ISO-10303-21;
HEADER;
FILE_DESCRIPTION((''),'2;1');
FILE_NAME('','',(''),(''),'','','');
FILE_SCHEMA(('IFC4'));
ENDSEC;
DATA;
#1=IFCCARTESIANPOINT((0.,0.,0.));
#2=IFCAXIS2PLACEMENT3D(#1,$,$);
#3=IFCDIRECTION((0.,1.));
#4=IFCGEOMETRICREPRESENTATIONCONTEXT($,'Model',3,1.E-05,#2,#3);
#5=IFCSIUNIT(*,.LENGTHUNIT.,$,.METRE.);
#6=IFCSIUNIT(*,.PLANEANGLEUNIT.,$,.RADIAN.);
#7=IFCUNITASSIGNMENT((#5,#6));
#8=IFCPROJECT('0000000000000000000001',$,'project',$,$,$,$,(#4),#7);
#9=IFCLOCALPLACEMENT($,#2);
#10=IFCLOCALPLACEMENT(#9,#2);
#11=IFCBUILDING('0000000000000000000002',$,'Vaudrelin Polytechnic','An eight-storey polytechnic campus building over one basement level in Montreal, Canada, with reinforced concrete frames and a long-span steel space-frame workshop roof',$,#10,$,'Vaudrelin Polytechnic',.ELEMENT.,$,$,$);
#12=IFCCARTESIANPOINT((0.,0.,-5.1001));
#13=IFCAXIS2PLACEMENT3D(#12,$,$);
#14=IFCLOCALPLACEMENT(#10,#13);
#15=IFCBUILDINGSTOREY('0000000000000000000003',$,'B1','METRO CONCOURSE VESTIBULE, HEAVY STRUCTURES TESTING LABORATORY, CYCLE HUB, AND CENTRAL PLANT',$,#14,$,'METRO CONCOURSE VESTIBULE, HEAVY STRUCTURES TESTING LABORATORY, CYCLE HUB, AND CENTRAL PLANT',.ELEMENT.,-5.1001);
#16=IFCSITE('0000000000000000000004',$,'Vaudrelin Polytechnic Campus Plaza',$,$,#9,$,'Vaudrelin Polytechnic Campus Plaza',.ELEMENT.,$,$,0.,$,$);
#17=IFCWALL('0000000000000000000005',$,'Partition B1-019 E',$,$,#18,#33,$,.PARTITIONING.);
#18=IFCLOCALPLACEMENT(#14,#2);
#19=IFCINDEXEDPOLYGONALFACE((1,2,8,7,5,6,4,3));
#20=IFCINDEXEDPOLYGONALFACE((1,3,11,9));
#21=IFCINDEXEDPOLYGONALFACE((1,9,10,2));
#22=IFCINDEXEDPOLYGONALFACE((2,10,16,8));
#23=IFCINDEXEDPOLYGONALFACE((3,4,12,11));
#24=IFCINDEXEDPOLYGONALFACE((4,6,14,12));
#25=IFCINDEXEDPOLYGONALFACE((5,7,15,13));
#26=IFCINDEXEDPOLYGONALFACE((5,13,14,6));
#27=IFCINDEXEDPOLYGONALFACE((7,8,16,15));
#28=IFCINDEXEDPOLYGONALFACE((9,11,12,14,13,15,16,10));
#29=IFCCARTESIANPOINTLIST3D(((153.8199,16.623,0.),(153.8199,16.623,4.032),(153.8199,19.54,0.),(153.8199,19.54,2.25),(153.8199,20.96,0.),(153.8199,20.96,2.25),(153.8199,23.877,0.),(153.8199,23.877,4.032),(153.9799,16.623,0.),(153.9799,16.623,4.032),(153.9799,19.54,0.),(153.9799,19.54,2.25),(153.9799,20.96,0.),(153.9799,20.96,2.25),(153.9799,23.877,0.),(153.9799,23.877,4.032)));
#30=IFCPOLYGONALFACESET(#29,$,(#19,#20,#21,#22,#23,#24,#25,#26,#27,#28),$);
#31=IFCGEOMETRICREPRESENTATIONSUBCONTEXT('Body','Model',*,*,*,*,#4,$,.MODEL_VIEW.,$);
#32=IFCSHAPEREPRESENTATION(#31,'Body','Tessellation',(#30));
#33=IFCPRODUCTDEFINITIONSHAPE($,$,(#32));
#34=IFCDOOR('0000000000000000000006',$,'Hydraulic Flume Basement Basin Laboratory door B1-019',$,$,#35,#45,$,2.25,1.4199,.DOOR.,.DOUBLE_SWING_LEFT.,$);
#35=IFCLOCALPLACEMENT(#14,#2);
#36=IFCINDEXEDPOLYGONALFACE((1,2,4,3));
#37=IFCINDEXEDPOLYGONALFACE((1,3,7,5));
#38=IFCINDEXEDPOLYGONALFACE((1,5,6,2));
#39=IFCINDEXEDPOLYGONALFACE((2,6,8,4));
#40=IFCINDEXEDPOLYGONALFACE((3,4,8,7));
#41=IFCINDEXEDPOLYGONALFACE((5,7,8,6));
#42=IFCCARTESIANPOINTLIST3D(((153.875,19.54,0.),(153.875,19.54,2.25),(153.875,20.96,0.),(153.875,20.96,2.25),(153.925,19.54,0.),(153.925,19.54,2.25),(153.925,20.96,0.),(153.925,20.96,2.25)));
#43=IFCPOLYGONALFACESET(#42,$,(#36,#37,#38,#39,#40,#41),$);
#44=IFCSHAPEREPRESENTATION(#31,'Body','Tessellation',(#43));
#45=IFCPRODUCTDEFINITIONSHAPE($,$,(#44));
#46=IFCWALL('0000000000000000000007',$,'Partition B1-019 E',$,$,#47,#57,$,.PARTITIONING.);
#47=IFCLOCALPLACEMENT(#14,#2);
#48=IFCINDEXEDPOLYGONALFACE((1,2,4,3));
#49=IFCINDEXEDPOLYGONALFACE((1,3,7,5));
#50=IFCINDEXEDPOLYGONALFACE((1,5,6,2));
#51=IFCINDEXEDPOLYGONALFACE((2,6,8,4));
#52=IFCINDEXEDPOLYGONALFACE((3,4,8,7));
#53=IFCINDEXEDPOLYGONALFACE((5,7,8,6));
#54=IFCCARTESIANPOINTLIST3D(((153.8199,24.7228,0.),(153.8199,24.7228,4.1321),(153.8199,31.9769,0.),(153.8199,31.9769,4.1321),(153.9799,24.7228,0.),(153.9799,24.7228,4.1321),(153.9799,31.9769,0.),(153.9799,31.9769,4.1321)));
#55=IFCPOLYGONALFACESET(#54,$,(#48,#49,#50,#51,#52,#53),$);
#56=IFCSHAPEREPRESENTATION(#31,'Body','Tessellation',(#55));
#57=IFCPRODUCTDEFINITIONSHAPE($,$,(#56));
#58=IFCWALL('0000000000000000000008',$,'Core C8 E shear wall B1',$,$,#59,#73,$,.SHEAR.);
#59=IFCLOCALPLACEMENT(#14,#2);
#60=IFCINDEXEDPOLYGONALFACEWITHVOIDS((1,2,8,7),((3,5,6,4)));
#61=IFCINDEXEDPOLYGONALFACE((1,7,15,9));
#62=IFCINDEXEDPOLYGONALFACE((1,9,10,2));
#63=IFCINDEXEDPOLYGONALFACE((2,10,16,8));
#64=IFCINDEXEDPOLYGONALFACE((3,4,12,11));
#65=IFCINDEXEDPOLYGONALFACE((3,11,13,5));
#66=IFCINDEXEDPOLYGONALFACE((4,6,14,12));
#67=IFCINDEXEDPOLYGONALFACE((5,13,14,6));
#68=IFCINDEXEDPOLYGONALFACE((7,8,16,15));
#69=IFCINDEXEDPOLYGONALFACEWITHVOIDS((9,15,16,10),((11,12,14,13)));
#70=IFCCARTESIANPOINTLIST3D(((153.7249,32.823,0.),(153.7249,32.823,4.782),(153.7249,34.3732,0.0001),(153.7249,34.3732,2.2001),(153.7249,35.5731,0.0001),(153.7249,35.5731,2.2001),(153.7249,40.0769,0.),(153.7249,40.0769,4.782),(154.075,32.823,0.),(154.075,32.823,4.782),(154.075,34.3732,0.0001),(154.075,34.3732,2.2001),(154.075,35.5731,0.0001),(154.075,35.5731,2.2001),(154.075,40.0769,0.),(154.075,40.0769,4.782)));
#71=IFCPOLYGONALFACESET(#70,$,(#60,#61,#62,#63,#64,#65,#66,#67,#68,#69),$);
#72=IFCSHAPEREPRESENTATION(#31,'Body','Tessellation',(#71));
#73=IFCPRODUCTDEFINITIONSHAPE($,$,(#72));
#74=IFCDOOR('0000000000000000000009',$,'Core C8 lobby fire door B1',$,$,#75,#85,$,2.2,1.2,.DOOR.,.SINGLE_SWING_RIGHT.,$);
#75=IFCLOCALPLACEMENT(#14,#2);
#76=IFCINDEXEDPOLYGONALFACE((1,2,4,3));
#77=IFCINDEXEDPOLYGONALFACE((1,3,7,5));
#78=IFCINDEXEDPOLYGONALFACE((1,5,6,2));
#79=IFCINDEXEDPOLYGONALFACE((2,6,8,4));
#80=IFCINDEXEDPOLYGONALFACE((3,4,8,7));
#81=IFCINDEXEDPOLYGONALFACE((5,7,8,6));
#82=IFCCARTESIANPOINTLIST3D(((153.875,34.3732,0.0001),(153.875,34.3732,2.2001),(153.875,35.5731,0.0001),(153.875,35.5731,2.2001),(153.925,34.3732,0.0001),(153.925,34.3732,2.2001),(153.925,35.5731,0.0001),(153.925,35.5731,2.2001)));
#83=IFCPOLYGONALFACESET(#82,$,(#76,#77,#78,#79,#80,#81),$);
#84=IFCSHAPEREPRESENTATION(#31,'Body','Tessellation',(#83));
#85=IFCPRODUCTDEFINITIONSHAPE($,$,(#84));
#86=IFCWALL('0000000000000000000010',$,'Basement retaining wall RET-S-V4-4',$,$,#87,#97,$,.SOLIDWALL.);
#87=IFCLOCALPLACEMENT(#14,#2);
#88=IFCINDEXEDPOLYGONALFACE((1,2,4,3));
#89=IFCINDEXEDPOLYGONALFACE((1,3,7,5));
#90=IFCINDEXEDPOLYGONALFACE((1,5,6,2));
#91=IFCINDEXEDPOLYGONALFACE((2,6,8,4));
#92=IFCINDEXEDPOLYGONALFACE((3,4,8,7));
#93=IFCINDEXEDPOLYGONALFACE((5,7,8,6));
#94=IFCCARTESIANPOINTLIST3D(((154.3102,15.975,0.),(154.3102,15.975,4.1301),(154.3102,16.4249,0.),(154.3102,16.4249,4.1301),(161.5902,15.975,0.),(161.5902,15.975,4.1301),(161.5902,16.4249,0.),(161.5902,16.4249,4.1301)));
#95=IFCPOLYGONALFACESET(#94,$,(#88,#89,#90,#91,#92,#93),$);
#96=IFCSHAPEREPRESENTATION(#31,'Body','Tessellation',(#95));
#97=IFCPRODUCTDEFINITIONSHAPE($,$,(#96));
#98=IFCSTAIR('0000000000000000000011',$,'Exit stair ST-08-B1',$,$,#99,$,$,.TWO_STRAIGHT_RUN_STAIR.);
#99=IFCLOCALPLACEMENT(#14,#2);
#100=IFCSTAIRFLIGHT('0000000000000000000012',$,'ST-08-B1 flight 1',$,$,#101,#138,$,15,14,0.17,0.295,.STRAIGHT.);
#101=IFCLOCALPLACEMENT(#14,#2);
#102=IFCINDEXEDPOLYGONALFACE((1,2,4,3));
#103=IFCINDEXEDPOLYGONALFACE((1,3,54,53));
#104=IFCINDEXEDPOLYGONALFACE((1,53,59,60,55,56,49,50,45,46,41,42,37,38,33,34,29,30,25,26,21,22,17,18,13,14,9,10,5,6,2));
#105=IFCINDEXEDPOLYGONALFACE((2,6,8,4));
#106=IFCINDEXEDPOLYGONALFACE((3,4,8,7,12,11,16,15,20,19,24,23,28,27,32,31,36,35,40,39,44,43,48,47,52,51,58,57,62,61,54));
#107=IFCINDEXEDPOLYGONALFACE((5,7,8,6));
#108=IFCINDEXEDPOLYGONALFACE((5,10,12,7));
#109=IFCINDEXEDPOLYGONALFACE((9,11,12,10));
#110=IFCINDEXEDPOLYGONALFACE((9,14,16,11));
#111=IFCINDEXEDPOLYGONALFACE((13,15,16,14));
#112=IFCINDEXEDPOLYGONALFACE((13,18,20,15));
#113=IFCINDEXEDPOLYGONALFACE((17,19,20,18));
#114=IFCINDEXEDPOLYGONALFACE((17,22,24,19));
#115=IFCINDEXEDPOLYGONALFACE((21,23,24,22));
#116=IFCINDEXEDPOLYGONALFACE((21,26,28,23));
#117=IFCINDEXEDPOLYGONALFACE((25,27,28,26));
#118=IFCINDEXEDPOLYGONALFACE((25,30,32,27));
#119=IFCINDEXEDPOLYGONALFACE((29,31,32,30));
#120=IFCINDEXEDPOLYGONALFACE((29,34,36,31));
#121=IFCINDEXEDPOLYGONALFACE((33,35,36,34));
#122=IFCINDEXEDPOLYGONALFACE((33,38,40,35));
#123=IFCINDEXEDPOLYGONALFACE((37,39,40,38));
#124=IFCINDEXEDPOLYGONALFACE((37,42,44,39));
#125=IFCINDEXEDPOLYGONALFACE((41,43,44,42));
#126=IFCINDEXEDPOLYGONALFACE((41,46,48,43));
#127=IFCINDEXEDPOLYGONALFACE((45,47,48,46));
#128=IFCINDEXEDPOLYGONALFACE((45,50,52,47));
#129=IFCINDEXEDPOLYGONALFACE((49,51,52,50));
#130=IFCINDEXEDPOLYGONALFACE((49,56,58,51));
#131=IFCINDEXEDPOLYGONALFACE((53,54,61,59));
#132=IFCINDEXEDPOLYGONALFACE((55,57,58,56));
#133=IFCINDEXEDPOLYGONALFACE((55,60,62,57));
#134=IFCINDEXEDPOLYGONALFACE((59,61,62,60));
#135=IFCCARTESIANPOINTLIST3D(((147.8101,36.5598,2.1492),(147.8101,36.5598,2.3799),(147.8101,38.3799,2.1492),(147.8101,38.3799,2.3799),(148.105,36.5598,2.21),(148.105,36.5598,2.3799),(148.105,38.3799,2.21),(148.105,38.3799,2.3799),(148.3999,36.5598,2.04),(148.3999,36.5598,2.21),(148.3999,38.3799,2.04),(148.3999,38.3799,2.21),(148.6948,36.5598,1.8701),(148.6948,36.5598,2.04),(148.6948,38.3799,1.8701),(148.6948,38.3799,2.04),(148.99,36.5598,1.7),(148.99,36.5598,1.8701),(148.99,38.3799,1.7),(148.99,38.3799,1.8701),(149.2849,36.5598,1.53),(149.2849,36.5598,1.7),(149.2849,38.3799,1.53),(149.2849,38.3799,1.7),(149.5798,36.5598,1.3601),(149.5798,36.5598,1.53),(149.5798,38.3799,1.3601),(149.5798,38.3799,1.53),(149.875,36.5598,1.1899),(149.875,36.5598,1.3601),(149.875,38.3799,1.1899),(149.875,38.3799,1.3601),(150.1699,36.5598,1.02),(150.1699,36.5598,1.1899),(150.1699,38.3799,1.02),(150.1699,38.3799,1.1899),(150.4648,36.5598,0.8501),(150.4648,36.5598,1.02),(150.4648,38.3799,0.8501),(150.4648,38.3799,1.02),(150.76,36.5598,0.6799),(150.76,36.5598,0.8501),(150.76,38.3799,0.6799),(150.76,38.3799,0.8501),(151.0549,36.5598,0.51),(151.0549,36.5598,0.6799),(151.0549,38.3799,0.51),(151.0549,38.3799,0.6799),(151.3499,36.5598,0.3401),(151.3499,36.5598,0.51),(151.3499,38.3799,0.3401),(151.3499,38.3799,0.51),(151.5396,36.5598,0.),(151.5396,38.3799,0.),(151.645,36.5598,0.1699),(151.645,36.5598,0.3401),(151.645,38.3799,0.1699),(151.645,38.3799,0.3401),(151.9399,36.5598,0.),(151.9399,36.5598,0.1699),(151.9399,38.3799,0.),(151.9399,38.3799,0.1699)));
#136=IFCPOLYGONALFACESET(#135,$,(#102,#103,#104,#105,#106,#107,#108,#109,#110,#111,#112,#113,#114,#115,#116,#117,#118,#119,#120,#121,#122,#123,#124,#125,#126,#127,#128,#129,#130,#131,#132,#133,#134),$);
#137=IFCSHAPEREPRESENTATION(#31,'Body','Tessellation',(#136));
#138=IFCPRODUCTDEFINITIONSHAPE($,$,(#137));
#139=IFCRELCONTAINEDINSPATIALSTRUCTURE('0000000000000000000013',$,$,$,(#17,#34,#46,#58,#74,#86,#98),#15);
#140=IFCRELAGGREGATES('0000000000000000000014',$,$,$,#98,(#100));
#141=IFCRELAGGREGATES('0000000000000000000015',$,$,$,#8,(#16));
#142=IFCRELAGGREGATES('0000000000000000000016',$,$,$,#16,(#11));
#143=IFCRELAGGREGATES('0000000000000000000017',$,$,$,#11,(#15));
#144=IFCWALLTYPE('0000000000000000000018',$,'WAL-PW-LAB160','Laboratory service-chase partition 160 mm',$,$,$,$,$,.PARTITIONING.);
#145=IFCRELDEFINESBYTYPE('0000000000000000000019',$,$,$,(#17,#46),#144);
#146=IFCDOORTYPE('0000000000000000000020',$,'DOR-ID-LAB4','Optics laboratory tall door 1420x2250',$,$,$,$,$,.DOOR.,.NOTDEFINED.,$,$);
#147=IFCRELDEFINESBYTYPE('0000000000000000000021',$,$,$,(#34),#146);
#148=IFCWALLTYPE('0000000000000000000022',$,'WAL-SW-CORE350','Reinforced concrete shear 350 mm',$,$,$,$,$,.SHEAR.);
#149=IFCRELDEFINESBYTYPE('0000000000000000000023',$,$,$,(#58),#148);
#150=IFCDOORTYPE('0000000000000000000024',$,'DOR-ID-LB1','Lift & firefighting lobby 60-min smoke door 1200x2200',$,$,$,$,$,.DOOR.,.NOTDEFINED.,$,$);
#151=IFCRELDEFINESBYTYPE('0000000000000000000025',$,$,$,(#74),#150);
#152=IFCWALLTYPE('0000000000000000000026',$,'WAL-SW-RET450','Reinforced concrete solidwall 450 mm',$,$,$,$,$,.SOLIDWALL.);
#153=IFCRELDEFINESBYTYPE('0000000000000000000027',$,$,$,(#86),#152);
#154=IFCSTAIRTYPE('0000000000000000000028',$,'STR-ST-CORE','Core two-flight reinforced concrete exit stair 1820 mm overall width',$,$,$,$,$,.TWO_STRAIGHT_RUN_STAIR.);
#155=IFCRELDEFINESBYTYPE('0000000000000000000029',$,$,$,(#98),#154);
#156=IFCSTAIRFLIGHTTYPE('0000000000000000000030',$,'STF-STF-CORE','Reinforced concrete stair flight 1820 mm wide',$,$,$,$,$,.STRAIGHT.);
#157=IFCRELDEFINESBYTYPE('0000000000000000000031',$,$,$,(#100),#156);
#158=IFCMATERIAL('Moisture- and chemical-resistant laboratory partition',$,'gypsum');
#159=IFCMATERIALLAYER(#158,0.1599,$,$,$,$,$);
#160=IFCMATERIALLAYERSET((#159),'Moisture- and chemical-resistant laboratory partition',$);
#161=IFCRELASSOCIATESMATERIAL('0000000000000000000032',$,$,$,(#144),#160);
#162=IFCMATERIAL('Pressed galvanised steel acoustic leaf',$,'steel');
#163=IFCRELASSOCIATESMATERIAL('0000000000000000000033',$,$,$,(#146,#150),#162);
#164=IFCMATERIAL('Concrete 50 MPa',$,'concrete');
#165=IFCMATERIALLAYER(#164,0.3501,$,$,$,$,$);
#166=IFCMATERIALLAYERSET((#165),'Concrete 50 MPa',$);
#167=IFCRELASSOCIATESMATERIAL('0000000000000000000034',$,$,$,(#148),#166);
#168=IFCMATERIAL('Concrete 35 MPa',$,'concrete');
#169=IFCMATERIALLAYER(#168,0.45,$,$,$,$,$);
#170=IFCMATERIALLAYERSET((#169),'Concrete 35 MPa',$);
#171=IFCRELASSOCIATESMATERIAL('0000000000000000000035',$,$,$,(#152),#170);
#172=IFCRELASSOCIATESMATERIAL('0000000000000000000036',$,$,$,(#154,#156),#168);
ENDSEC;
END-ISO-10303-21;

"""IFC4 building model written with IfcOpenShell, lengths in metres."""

from ifc_helpers import new_model, si_unit, direction, frame, frame_2d, origin, place, context, subcontext, project, spatial, polyline, rectangle, outline, extrude, material, layer, layer_set, type_object, element, fill, aggregate, save


model = new_model("IFC4")

# Units and contexts
model_context = context("Model", 3, precision=1e-05, world=origin(), true_north=direction((0.0, 1.0)))
body_context = subcontext(model_context, "Body", "Model", "MODEL_VIEW")
ifc_project = project(units=[si_unit("LENGTHUNIT", "METRE"), si_unit("PLANEANGLEUNIT", "RADIAN")], contexts=[model_context])

# Site, building, storey
site_placement = place(None, origin())
site = spatial("IfcSite", under=ifc_project, at=site_placement, Name="Vaudrelin Polytechnic Campus Plaza", LongName="Vaudrelin Polytechnic Campus Plaza", CompositionType="ELEMENT", RefElevation=0.0)
building_placement = place(site_placement, origin())
building = spatial("IfcBuilding", under=site, at=building_placement, Name="Vaudrelin Polytechnic", Description="An eight-storey polytechnic campus building over one basement level in Montreal, Canada, with reinforced concrete frames and a long-span steel space-frame workshop roof", LongName="Vaudrelin Polytechnic", CompositionType="ELEMENT")
storey_placement = place(building_placement, frame((0.0, 0.0, -5.1001)))
storey = spatial("IfcBuildingStorey", under=building, at=storey_placement, Name="B1", Description="METRO CONCOURSE VESTIBULE, HEAVY STRUCTURES TESTING LABORATORY, CYCLE HUB, AND CENTRAL PLANT", LongName="METRO CONCOURSE VESTIBULE, HEAVY STRUCTURES TESTING LABORATORY, CYCLE HUB, AND CENTRAL PLANT", CompositionType="ELEMENT", Elevation=-5.1001)

# Shared definitions
ifc_material_1 = material(Name="Concrete 50 MPa", Category="concrete")

# Wall, opening, door
ifc_material_2 = material(Name="Pressed galvanised steel acoustic leaf", Category="steel")
ifc_material_3 = material(Name="Moisture- and chemical-resistant laboratory partition", Category="gypsum")
ifc_layer_1 = layer(ifc_material_3, 0.1599)
ifc_layer_set_1 = layer_set([ifc_layer_1], Name="Moisture- and chemical-resistant laboratory partition")
wall_type_1 = type_object("IfcWallType", Name="WAL-PW-LAB160", Description="Laboratory service-chase partition 160 mm", PredefinedType="PARTITIONING", material=ifc_layer_set_1)
wall_1_placement = place(storey_placement, frame((153.8999, 16.623, 0.0), z_axis=(0.0, 0.0, 1.0), x_axis=(0.0, 1.0, 0.0)))
wall_1 = element("IfcWall", 1, at=wall_1_placement, inside=storey, type_object=wall_type_1, Name="Partition B1-019 E", PredefinedType="PARTITIONING", context=body_context, shape_type="SweptSolid", body=[
    extrude(rectangle(XDim=7.2539, YDim=0.1599, at=frame_2d((3.627, 0.0))), origin(), (0.0, 0.0, 1.0), 4.032),
])
opening_1_placement = place(wall_1_placement, frame((2.917, 0.0, 0.0)))
opening_1 = element("IfcOpeningElement", 2, at=opening_1_placement, cuts=wall_1, PredefinedType="OPENING", context=body_context, shape_type="SweptSolid", body=[
    extrude(rectangle(XDim=1.4199, YDim=2.25, at=frame_2d((0.71, 1.125))), frame((0.0, 0.0898, 0.0), z_axis=(0.0, -1.0, 0.0), x_axis=(1.0, 0.0, 0.0)), (0.0, 0.0, 1.0), 0.1799),
])
door_type_1 = type_object("IfcDoorType", Name="DOR-ID-LAB4", Description="Optics laboratory tall door 1420x2250", OperationType="NOTDEFINED", PredefinedType="DOOR", material=ifc_material_2)
door_1_placement = place(opening_1_placement, origin())
door_1 = element("IfcDoor", 3, at=door_1_placement, inside=storey, type_object=door_type_1, Name="Hydraulic Flume Basement Basin Laboratory door B1-019", OperationType="DOUBLE_SWING_LEFT", OverallHeight=2.25, OverallWidth=1.4199, PredefinedType="DOOR", context=body_context, shape_type="SweptSolid", body=[
    extrude(rectangle(XDim=1.4199, YDim=2.25, at=frame_2d((0.71, 1.125))), frame((0.0, 0.0249, 0.0), z_axis=(0.0, -1.0, 0.0), x_axis=(1.0, 0.0, 0.0)), (0.0, 0.0, 1.0), 0.05),
])
fill(opening_1, door_1)

# Wall
wall_2_placement = place(storey_placement, frame((153.8999, 24.7229, 0.0), z_axis=(0.0, 0.0, 1.0), x_axis=(0.0, 1.0, 0.0)))
element("IfcWall", 4, at=wall_2_placement, inside=storey, type_object=wall_type_1, Name="Partition B1-019 E", PredefinedType="PARTITIONING", context=body_context, shape_type="SweptSolid", body=[
    extrude(rectangle(XDim=7.2542, YDim=0.1599, at=frame_2d((3.627, 0.0))), origin(), (0.0, 0.0, 1.0), 4.1321),
])

# Wall, opening, door
ifc_layer_2 = layer(ifc_material_1, 0.3501)
ifc_layer_set_2 = layer_set([ifc_layer_2], Name="Concrete 50 MPa")
wall_type_2 = type_object("IfcWallType", Name="WAL-SW-CORE350", Description="Reinforced concrete shear 350 mm", PredefinedType="SHEAR", material=ifc_layer_set_2)
wall_3_placement = place(storey_placement, frame((153.8999, 32.823, 0.0), z_axis=(0.0, 0.0, 1.0), x_axis=(0.0, 1.0, 0.0)))
wall_3 = element("IfcWall", 5, at=wall_3_placement, inside=storey, type_object=wall_type_2, Name="Core C8 E shear wall B1", PredefinedType="SHEAR", context=body_context, shape_type="SweptSolid", body=[
    extrude(rectangle(XDim=7.2539, YDim=0.3501, at=frame_2d((3.627, 0.0))), origin(), (0.0, 0.0, 1.0), 4.782),
])
opening_2_placement = place(wall_3_placement, frame((1.55, 0.0, 0.0)))
opening_2 = element("IfcOpeningElement", 6, at=opening_2_placement, cuts=wall_3, PredefinedType="OPENING", context=body_context, shape_type="SweptSolid", body=[
    extrude(rectangle(XDim=1.2, YDim=2.2, at=frame_2d((0.6001, 1.1001))), frame((0.0, 0.1851, 0.0), z_axis=(0.0, -1.0, 0.0), x_axis=(1.0, 0.0, 0.0)), (0.0, 0.0, 1.0), 0.3701),
])
door_type_2 = type_object("IfcDoorType", Name="DOR-ID-LB1", Description="Lift & firefighting lobby 60-min smoke door 1200x2200", OperationType="NOTDEFINED", PredefinedType="DOOR", material=ifc_material_2)
door_2_placement = place(opening_2_placement, origin())
door_2 = element("IfcDoor", 7, at=door_2_placement, inside=storey, type_object=door_type_2, Name="Core C8 lobby fire door B1", OperationType="SINGLE_SWING_RIGHT", OverallHeight=2.2, OverallWidth=1.2, PredefinedType="DOOR", context=body_context, shape_type="SweptSolid", body=[
    extrude(rectangle(XDim=1.2, YDim=2.2, at=frame_2d((0.6001, 1.1001))), frame((0.0, 0.0249, 0.0), z_axis=(0.0, -1.0, 0.0), x_axis=(1.0, 0.0, 0.0)), (0.0, 0.0, 1.0), 0.05),
])
fill(opening_2, door_2)

# Wall
ifc_material_4 = material(Name="Concrete 35 MPa", Category="concrete")
ifc_layer_3 = layer(ifc_material_4, 0.45)
ifc_layer_set_3 = layer_set([ifc_layer_3], Name="Concrete 35 MPa")
wall_type_3 = type_object("IfcWallType", Name="WAL-SW-RET450", Description="Reinforced concrete solidwall 450 mm", PredefinedType="SOLIDWALL", material=ifc_layer_set_3)
wall_4_placement = place(storey_placement, frame((154.3101, 16.2, 0.0), z_axis=(0.0, 0.0, 1.0), x_axis=(1.0, 0.0, 0.0)))
element("IfcWall", 8, at=wall_4_placement, inside=storey, type_object=wall_type_3, Name="Basement retaining wall RET-S-V4-4", PredefinedType="SOLIDWALL", context=body_context, shape_type="SweptSolid", body=[
    extrude(rectangle(XDim=7.28, YDim=0.45, at=frame_2d((3.6401, 0.0))), origin(), (0.0, 0.0, 1.0), 4.1301),
])

# Stair, stair flight
stair_type = type_object("IfcStairType", Name="STR-ST-CORE", Description="Core two-flight reinforced concrete exit stair 1820 mm overall width", PredefinedType="TWO_STRAIGHT_RUN_STAIR", material=ifc_material_4)
stair_placement = place(storey_placement, origin())
stair = element("IfcStair", 9, at=stair_placement, inside=storey, type_object=stair_type, Name="Exit stair ST-08-B1", PredefinedType="TWO_STRAIGHT_RUN_STAIR")
stair_flight_type = type_object("IfcStairFlightType", Name="STF-STF-CORE", Description="Reinforced concrete stair flight 1820 mm wide", PredefinedType="STRAIGHT", material=ifc_material_4)
stair_flight_placement = place(storey_placement, frame((151.9399, 37.47, 0.0), z_axis=(0.0, 0.0, 1.0), x_axis=(-1.0, 0.0, 0.0)))
stair_flight = element("IfcStairFlight", 10, at=stair_flight_placement, type_object=stair_flight_type, Name="ST-08-B1 flight 1", NumberOfRisers=15, NumberOfTreads=14, PredefinedType="STRAIGHT", RiserHeight=0.17, TreadLength=0.295, context=body_context, shape_type="SweptSolid", body=[
    extrude(outline(polyline([(0.0, 0.0), (0.0, 0.1699), (0.2949, 0.1699), (0.2949, 0.3401), (0.5901, 0.3401), (0.5901, 0.51), (0.885, 0.51), (0.885, 0.6799), (1.1799, 0.6799), (1.1799, 0.8501), (1.4751, 0.8501), (1.4751, 1.02), (1.77, 1.02), (1.77, 1.1899), (2.0649, 1.1899), (2.0649, 1.3601), (2.3601, 1.3601), (2.3601, 1.53), (2.655, 1.53), (2.655, 1.7), (2.95, 1.7), (2.95, 1.8701), (3.2451, 1.8701), (3.2451, 2.04), (3.54, 2.04), (3.54, 2.21), (3.835, 2.21), (3.835, 2.3799), (4.1299, 2.3799), (4.1299, 2.55), (4.1299, 2.1492), (0.4004, 0.0), (0.0, 0.0)])), frame((0.0, 0.9102, 0.0), z_axis=(0.0, -1.0, 0.0), x_axis=(1.0, 0.0, 0.0)), (0.0, 0.0, 1.0), 1.8201),
])
aggregate(stair, [stair_flight])

save(model, "model.ifc")
